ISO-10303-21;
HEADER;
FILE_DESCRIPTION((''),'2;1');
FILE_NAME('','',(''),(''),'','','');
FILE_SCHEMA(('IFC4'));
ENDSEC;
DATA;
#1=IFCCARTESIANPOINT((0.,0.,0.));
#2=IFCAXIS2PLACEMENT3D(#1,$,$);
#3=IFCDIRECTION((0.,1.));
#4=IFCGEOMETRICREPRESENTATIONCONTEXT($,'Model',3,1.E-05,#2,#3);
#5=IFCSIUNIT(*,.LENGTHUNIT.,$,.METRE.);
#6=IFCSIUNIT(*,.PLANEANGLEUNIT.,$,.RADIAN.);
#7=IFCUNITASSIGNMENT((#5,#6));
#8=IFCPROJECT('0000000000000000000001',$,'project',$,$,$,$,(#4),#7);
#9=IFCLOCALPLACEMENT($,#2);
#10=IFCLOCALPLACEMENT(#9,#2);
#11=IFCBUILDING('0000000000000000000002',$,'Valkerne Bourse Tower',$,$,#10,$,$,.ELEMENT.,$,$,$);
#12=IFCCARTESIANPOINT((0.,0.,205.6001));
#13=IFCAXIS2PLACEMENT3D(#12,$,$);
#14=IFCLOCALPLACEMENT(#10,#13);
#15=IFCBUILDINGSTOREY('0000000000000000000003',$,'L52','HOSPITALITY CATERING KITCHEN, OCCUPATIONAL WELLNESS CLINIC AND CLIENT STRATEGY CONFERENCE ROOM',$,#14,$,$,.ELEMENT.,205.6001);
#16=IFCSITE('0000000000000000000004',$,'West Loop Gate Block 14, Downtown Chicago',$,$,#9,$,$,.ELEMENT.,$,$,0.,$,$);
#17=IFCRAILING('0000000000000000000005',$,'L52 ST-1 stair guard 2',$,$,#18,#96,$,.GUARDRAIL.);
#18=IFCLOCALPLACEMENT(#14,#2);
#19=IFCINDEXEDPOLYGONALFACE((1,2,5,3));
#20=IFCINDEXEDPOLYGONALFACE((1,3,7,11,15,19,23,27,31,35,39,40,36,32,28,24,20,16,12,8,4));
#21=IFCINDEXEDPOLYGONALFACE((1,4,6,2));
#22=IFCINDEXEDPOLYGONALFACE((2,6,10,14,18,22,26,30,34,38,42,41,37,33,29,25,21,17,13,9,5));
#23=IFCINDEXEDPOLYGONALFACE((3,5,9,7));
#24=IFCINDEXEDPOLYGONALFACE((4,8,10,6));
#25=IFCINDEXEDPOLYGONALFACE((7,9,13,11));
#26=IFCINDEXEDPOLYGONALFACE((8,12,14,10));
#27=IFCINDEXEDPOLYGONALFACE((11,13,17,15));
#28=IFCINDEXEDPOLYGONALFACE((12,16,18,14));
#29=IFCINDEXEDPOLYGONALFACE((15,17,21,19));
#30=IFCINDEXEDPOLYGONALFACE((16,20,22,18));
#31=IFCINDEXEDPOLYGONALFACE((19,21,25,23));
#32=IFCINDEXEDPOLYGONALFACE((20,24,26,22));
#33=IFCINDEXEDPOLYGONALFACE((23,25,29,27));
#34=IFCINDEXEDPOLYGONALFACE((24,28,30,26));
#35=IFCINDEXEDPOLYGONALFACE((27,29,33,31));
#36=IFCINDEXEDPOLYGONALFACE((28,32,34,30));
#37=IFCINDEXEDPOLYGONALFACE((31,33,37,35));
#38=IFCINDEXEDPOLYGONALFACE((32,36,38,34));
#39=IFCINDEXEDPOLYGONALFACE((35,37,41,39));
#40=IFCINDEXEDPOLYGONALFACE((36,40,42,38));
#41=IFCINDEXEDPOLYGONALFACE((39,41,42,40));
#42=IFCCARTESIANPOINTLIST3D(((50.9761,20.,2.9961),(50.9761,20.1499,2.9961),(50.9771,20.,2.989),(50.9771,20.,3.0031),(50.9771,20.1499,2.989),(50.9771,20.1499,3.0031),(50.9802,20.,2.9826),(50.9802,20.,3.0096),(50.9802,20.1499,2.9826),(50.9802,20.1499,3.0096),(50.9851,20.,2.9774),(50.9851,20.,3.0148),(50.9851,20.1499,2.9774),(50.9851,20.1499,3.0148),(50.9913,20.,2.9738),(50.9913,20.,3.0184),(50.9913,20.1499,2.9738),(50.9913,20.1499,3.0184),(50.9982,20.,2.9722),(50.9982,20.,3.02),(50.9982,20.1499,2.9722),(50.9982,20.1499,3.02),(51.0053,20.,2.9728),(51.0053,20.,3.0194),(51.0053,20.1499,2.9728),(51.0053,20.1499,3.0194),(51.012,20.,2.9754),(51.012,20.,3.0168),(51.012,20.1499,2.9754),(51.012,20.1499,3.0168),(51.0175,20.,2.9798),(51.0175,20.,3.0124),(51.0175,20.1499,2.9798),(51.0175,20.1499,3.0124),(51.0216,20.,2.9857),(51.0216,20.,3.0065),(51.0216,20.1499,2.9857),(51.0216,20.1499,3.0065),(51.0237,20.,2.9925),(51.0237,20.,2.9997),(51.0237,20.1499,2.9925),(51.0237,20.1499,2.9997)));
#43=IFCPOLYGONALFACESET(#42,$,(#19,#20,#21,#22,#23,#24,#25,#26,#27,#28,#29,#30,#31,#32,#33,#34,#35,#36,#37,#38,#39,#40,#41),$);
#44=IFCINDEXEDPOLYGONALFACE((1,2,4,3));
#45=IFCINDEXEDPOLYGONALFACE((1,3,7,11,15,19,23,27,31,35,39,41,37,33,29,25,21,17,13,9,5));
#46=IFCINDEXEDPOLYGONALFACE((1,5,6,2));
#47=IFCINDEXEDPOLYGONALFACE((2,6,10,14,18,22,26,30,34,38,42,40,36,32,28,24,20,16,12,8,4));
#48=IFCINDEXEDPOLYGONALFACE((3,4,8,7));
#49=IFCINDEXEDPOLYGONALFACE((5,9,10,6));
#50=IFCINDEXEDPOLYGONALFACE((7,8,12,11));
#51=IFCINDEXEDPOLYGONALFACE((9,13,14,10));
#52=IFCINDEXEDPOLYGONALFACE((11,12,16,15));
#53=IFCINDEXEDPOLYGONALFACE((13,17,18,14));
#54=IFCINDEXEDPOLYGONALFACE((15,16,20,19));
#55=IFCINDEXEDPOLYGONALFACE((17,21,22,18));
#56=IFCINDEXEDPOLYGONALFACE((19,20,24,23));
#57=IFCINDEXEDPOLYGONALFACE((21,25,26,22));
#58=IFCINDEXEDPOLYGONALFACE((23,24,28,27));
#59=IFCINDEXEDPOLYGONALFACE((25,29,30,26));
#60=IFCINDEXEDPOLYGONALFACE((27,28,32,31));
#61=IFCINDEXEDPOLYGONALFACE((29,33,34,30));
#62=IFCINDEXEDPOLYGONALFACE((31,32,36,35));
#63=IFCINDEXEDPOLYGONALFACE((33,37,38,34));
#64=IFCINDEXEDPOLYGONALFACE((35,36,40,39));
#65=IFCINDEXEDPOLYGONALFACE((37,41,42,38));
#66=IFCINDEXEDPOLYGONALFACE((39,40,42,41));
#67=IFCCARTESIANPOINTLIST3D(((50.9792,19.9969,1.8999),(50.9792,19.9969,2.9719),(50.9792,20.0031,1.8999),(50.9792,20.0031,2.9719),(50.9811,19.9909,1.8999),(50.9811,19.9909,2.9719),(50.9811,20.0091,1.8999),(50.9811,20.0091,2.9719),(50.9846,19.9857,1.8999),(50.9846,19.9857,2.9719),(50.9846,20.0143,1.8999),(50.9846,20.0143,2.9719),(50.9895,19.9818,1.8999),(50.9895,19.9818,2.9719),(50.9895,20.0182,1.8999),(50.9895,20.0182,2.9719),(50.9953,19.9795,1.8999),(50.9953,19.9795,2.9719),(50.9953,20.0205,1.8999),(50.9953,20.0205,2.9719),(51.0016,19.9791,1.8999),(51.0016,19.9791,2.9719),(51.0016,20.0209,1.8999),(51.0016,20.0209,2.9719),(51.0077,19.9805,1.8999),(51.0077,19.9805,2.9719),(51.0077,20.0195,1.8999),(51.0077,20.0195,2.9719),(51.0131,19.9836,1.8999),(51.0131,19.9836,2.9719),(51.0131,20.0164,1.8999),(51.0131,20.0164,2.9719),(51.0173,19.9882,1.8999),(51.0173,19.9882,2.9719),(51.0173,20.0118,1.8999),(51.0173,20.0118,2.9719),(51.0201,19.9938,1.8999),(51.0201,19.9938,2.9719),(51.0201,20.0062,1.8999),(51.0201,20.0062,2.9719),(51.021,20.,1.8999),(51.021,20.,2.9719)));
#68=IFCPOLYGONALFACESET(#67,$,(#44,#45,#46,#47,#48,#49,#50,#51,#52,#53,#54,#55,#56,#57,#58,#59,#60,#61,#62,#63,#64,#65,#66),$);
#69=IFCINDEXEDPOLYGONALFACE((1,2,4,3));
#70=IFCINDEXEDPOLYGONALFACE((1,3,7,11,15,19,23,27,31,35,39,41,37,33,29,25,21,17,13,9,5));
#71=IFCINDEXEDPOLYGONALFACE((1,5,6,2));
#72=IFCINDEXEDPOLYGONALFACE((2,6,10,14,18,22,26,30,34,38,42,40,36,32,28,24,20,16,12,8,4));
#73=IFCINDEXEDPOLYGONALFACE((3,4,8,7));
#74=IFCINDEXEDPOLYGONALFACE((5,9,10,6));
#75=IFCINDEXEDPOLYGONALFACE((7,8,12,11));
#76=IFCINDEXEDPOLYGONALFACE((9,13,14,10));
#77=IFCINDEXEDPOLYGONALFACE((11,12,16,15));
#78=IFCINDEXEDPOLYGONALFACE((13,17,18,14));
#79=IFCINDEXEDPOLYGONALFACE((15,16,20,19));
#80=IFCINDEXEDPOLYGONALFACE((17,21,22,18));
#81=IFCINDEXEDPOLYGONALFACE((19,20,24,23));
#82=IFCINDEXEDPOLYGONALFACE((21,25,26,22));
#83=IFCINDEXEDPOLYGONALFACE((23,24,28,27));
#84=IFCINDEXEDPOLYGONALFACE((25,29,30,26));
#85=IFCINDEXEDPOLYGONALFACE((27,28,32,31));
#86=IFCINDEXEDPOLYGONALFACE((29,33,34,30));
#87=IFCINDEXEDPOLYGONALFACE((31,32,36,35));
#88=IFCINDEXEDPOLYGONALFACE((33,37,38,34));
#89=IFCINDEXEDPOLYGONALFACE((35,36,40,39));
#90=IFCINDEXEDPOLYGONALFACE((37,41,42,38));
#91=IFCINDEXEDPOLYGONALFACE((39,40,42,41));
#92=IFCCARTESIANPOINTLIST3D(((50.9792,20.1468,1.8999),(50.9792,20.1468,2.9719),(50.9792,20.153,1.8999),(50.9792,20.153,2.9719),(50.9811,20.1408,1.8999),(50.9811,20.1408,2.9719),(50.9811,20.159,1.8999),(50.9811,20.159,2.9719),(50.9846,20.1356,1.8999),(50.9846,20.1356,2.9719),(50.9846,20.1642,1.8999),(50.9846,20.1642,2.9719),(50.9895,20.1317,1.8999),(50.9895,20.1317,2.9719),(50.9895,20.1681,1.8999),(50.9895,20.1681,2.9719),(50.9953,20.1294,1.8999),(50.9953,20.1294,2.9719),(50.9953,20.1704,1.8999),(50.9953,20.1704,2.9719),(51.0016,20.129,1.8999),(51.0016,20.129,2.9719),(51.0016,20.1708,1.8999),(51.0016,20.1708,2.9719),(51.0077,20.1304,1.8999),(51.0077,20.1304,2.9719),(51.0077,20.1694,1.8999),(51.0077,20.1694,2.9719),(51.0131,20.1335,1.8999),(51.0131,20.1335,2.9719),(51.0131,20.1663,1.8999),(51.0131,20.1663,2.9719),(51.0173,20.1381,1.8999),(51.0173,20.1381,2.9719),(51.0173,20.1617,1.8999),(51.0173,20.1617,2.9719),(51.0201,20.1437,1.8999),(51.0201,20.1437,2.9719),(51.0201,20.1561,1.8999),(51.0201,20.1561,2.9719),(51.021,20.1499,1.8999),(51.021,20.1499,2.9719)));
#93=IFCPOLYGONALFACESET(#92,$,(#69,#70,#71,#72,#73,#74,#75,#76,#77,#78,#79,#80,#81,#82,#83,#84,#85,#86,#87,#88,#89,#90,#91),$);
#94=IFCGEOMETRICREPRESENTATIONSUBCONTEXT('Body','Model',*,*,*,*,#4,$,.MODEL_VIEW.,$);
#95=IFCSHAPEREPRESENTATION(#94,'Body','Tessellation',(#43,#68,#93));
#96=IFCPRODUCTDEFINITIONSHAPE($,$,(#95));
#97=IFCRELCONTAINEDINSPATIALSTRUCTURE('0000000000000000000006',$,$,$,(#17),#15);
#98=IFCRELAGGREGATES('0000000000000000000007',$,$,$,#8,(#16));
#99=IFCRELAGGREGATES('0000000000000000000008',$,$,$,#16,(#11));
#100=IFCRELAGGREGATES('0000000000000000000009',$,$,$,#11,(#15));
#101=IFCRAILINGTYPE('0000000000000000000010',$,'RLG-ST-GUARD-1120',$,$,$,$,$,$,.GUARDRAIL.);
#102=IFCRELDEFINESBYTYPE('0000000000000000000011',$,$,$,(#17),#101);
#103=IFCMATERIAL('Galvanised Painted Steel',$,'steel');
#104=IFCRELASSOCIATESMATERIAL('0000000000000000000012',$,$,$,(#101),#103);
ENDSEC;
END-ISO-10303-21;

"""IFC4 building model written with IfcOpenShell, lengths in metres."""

from ifc_helpers import new_model, si_unit, direction, frame, origin, origin_2d, place, context, subcontext, project, spatial, circle, extrude, material, type_object, element, save


model = new_model("IFC4")

# Units and contexts
model_context = context("Model", 3, precision=1e-05, world=origin(), true_north=direction((0.0, 1.0)))
body_context = subcontext(model_context, "Body", "Model", "MODEL_VIEW")
ifc_project = project(units=[si_unit("LENGTHUNIT", "METRE"), si_unit("PLANEANGLEUNIT", "RADIAN")], contexts=[model_context])

# Site, building, storey
site_placement = place(None, origin())
site = spatial("IfcSite", under=ifc_project, at=site_placement, Name="West Loop Gate Block 14, Downtown Chicago", CompositionType="ELEMENT", RefElevation=0.0)
building_placement = place(site_placement, origin())
building = spatial("IfcBuilding", under=site, at=building_placement, Name="Valkerne Bourse Tower", CompositionType="ELEMENT")
storey_placement = place(building_placement, frame((0.0, 0.0, 205.6001)))
storey = spatial("IfcBuildingStorey", under=building, at=storey_placement, Name="L52", Description="HOSPITALITY CATERING KITCHEN, OCCUPATIONAL WELLNESS CLINIC AND CLIENT STRATEGY CONFERENCE ROOM", CompositionType="ELEMENT", Elevation=205.6001)

# Shared definitions
ifc_material_1 = material(Name="Galvanised Painted Steel", Category="steel")

# Railing
railing_type_1 = type_object("IfcRailingType", Name="RLG-ST-GUARD-1120", PredefinedType="GUARDRAIL", material=ifc_material_1)
railing_1_placement = place(storey_placement, frame((51.0, 20.0, 1.8999)))
element("IfcRailing", 1, at=railing_1_placement, inside=storey, type_object=railing_type_1, Name="L52 ST-1 stair guard 2", PredefinedType="GUARDRAIL", context=body_context, shape_type="SweptSolid", body=[
    extrude(circle(Radius=0.0239, at=origin_2d()), frame((0.0, 0.0, 1.0962), z_axis=(0.0, 1.0, 0.0), x_axis=(-1.0, 0.0, 0.0)), (0.0, 0.0, 1.0), 0.1499),
    extrude(circle(Radius=0.021, at=origin_2d()), origin(), (0.0, 0.0, 1.0), 1.072),
    extrude(circle(Radius=0.021, at=origin_2d()), frame((0.0, 0.1499, 0.0)), (0.0, 0.0, 1.0), 1.072),
])

save(model, "model.ifc")
